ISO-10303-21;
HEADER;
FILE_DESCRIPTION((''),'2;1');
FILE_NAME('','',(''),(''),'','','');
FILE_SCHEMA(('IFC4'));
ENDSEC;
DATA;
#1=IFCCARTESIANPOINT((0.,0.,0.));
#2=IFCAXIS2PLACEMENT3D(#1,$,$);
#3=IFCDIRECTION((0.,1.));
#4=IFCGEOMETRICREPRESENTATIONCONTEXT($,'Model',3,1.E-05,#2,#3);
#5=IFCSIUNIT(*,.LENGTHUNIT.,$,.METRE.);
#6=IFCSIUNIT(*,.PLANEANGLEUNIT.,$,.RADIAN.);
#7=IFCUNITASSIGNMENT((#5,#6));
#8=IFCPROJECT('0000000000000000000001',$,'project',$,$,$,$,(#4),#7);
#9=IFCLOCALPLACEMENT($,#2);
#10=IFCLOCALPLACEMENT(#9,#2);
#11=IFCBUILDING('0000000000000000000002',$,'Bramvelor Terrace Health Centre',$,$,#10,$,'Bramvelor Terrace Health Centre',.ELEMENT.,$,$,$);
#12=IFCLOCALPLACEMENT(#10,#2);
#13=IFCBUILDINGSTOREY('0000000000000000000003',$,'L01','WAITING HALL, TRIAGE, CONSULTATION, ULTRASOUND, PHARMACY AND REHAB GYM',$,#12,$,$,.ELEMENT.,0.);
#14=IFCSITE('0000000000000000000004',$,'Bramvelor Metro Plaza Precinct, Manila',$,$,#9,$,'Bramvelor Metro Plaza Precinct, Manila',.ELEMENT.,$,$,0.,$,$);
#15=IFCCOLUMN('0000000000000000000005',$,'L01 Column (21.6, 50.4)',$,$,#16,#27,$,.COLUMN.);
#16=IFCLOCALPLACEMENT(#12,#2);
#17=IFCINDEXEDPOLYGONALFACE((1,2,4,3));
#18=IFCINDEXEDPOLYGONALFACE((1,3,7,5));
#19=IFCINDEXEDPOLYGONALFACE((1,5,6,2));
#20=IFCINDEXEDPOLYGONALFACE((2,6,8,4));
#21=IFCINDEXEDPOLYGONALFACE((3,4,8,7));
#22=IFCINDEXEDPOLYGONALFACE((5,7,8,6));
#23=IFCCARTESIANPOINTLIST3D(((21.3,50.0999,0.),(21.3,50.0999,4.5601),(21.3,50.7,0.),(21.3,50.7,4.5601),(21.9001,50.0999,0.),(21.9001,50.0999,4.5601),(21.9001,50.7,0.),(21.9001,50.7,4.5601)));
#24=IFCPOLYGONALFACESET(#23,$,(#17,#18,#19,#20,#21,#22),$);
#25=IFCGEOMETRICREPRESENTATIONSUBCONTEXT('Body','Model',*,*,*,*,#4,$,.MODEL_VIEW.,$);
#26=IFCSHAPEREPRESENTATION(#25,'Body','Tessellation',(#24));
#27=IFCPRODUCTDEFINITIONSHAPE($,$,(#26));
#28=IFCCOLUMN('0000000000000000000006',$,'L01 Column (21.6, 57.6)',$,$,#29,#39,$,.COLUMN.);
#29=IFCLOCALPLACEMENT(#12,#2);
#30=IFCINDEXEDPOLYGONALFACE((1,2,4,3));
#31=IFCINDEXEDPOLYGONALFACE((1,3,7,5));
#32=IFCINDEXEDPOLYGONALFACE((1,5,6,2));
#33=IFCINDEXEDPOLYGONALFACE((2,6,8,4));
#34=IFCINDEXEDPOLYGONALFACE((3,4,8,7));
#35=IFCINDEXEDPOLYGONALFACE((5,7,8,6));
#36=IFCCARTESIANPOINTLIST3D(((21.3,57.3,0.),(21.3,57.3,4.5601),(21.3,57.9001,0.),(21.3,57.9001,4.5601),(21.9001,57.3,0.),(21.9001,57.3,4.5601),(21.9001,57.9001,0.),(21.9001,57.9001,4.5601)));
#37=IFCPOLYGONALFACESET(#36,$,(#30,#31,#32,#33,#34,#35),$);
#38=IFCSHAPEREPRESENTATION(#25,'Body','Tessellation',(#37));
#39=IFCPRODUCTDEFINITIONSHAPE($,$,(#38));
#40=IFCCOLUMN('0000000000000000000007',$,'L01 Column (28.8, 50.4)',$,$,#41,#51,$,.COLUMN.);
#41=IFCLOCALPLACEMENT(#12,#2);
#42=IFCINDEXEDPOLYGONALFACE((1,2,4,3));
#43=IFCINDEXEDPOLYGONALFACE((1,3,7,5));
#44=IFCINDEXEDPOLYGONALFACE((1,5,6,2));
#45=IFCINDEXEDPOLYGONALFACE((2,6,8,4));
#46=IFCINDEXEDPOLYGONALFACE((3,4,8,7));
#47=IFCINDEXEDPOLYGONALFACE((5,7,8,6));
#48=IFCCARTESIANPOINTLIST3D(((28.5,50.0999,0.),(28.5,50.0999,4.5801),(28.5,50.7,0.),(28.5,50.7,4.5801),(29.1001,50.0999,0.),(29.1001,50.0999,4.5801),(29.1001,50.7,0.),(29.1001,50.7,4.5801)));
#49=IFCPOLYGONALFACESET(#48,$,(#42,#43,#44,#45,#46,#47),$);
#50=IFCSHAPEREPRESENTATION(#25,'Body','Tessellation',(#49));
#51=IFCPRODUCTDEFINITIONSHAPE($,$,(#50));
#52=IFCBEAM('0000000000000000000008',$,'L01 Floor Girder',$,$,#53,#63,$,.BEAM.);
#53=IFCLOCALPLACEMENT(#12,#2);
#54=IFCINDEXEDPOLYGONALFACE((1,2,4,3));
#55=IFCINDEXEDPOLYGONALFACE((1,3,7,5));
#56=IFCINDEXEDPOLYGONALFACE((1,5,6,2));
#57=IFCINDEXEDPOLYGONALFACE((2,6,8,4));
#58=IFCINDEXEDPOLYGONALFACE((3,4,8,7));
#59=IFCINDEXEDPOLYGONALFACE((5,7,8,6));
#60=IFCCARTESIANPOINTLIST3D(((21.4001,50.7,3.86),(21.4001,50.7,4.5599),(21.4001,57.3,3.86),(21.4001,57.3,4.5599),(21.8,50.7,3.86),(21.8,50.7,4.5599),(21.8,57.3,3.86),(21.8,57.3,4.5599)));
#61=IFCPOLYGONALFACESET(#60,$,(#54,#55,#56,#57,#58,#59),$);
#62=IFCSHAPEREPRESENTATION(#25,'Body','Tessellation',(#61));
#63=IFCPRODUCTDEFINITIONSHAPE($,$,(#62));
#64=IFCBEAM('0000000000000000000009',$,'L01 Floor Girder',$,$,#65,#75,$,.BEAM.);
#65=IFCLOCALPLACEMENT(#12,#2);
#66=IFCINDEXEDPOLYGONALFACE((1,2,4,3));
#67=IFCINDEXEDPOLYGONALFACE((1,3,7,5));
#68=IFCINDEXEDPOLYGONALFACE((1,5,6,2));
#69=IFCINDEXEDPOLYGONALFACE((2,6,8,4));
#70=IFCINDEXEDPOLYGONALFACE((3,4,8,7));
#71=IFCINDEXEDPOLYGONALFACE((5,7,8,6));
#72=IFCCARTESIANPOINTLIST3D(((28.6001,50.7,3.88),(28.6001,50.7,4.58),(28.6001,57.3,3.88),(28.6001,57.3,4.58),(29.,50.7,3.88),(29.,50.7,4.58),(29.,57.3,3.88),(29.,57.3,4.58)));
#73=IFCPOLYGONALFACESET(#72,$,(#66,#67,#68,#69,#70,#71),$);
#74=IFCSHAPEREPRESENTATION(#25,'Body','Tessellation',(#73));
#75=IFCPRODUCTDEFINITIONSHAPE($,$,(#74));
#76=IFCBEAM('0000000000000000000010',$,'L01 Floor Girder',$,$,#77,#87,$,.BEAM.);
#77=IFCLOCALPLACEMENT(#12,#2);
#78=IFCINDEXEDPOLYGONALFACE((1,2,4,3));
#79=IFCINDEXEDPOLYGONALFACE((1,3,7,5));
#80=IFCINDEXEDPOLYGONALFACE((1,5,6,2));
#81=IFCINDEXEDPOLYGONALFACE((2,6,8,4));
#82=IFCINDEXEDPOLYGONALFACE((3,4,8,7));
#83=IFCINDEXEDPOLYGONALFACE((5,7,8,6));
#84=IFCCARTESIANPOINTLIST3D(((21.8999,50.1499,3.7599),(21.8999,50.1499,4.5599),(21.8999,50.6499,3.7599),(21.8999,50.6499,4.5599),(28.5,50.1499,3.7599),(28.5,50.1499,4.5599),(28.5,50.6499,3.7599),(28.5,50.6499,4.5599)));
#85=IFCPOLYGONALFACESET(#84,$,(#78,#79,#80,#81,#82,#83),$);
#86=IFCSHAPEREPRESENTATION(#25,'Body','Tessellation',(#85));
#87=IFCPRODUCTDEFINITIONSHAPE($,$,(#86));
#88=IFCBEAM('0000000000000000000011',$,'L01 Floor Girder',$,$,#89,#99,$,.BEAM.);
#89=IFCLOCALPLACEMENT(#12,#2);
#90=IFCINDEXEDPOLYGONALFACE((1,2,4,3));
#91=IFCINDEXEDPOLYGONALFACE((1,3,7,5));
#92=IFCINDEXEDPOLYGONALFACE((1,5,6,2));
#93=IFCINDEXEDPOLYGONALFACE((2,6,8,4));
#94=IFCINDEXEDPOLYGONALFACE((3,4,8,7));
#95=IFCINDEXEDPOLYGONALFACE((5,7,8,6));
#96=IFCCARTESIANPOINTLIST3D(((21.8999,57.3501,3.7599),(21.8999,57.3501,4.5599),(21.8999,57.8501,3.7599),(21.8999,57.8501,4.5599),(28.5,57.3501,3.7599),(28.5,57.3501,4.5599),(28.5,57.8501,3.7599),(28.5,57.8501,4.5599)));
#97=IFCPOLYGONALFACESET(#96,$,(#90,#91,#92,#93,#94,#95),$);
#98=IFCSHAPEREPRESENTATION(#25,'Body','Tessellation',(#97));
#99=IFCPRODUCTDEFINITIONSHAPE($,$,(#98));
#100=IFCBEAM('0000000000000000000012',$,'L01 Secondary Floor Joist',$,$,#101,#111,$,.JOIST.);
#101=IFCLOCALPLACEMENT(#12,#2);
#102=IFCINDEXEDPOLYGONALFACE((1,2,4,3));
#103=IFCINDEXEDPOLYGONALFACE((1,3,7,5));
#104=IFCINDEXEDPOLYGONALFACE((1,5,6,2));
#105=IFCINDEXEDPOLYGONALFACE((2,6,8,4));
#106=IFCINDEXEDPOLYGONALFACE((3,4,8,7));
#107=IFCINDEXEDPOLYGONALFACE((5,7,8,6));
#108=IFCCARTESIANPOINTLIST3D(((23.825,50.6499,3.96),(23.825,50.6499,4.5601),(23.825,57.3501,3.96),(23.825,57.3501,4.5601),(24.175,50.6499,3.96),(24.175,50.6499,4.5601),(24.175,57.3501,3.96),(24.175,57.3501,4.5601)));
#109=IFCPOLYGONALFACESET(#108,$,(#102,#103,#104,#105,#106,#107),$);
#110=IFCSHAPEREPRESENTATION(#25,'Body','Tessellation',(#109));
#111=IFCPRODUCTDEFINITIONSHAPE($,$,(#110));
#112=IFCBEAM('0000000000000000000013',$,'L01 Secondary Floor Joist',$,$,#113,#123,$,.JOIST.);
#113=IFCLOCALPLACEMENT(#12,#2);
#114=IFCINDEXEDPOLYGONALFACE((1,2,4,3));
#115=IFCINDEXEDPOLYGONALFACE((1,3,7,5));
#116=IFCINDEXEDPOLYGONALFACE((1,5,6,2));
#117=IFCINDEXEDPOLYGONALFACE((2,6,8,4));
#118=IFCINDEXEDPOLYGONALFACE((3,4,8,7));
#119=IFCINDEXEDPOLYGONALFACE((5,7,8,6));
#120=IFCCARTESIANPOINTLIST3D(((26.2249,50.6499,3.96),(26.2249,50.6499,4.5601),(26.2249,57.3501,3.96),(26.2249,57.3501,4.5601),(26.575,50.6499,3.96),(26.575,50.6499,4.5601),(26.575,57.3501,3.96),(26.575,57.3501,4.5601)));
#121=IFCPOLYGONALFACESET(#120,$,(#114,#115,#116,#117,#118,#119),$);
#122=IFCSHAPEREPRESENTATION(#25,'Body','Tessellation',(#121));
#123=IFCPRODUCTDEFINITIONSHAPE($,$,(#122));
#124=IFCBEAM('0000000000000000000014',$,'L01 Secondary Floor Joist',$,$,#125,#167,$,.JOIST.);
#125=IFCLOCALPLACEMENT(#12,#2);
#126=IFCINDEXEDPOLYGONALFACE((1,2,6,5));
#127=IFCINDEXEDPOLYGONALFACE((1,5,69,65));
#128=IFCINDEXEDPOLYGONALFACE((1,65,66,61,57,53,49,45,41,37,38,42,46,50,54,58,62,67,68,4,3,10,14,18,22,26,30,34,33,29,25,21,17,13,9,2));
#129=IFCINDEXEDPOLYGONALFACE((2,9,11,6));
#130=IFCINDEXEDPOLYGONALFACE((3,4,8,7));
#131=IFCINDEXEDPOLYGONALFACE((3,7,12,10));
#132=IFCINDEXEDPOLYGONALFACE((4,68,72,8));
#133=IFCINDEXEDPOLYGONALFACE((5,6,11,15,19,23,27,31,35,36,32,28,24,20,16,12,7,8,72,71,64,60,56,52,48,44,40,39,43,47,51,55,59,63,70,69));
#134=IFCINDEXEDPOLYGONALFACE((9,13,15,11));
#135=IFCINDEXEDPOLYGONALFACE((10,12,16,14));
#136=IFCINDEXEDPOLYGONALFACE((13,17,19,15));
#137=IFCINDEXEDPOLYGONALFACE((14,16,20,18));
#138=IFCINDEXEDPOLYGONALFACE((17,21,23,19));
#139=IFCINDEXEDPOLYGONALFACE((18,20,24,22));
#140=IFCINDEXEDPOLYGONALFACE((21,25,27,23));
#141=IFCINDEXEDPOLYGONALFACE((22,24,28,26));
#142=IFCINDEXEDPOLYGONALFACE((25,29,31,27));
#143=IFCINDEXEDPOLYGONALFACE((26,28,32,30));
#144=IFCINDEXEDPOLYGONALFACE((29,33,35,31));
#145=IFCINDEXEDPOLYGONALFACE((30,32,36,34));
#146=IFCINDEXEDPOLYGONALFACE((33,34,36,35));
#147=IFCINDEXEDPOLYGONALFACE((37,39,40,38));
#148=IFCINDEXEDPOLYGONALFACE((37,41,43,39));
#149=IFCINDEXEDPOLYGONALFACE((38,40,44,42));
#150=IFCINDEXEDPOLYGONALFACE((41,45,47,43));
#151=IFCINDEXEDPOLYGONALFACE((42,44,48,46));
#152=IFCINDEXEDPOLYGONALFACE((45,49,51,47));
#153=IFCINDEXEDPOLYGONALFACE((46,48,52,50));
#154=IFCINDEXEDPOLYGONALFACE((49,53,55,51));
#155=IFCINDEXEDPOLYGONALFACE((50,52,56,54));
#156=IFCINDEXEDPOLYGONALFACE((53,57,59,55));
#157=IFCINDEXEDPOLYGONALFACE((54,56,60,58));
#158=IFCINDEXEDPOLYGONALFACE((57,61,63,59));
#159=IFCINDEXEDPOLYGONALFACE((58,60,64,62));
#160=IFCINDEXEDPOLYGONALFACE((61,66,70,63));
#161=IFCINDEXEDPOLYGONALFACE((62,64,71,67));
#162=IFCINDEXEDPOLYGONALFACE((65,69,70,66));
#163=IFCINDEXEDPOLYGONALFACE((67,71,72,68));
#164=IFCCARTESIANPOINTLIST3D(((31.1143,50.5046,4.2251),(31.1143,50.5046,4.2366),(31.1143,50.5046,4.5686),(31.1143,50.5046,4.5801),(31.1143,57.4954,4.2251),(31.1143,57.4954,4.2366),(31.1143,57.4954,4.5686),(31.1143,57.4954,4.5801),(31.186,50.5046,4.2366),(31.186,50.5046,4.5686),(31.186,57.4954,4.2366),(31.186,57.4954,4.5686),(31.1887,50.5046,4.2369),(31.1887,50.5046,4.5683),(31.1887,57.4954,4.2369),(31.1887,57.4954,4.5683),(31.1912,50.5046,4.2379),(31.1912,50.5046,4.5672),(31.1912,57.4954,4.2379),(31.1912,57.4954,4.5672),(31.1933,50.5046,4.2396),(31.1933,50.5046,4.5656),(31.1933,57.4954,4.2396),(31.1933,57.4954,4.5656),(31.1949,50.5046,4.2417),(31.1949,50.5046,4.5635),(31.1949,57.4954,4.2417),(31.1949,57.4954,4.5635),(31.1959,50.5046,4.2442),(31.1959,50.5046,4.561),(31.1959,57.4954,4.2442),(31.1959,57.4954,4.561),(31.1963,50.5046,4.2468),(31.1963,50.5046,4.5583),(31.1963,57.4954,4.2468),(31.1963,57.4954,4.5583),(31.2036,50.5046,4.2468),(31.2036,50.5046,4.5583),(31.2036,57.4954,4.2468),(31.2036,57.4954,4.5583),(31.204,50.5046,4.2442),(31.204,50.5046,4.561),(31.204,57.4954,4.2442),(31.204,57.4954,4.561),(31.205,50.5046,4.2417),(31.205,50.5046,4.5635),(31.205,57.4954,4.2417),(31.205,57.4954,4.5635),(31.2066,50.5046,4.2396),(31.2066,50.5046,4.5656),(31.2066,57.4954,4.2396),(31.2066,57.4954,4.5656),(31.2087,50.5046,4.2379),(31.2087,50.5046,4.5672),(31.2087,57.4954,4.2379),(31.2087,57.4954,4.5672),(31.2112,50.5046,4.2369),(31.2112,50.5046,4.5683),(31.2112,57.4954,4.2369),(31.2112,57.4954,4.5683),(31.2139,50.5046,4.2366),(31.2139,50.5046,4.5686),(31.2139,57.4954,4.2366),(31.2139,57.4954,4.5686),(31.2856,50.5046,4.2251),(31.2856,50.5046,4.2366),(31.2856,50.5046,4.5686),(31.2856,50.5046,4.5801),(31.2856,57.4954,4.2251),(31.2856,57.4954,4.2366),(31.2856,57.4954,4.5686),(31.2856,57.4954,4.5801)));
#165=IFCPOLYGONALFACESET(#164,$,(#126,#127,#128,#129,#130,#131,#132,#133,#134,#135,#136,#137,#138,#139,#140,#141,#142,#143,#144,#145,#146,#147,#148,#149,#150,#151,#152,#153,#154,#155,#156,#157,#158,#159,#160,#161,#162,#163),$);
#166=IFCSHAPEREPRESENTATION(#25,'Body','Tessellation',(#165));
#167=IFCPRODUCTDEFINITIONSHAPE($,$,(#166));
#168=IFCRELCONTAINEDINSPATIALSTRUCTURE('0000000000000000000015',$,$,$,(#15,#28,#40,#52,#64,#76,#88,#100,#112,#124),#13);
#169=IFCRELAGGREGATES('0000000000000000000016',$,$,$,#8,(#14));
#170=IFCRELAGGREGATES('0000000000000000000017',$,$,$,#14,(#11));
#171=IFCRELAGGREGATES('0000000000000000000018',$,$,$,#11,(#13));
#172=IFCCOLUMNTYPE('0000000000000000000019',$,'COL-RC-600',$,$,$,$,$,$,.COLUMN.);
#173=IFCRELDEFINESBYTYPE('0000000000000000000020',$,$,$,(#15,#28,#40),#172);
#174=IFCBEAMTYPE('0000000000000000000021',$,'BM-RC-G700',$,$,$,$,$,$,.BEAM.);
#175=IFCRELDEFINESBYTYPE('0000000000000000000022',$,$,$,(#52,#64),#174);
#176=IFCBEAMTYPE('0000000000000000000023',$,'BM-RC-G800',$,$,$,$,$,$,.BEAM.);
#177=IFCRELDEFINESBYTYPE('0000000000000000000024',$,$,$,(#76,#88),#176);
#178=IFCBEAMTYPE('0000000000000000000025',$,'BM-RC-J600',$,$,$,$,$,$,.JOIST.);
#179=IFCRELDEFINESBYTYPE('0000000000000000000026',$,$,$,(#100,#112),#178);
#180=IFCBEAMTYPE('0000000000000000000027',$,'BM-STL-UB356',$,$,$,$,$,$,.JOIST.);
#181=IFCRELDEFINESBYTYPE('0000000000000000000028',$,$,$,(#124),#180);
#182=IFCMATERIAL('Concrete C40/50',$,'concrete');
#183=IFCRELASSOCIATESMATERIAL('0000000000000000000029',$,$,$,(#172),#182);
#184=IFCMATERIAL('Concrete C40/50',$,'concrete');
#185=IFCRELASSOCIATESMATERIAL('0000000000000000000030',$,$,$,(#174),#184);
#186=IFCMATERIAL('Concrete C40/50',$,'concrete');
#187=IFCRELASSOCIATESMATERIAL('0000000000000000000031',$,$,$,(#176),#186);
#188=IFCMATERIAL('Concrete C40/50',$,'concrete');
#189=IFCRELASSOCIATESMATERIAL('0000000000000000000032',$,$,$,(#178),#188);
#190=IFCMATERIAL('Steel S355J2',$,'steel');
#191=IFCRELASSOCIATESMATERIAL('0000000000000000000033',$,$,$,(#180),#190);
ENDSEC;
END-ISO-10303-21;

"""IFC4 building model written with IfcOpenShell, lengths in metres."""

from ifc_helpers import new_model, si_unit, direction, frame, origin, origin_2d, place, context, subcontext, project, spatial, rectangle, i_section, extrude, material, material_profile, profile_set, type_object, element, save


model = new_model("IFC4")

# Units and contexts
model_context = context("Model", 3, precision=1e-05, world=origin(), true_north=direction((0.0, 1.0)))
body_context = subcontext(model_context, "Body", "Model", "MODEL_VIEW")
ifc_project = project(units=[si_unit("LENGTHUNIT", "METRE"), si_unit("PLANEANGLEUNIT", "RADIAN")], contexts=[model_context])

# Site, building, storey
site_placement = place(None, origin())
site = spatial("IfcSite", under=ifc_project, at=site_placement, Name="Bramvelor Metro Plaza Precinct, Manila", LongName="Bramvelor Metro Plaza Precinct, Manila", CompositionType="ELEMENT", RefElevation=0.0)
building_placement = place(site_placement, origin())
building = spatial("IfcBuilding", under=site, at=building_placement, Name="Bramvelor Terrace Health Centre", LongName="Bramvelor Terrace Health Centre", CompositionType="ELEMENT")
storey_placement = place(building_placement, origin())
storey = spatial("IfcBuildingStorey", under=building, at=storey_placement, Name="L01", Description="WAITING HALL, TRIAGE, CONSULTATION, ULTRASOUND, PHARMACY AND REHAB GYM", CompositionType="ELEMENT", Elevation=0.0)

# Columns
ifc_material_1 = material(Name="Concrete C40/50", Category="concrete")
ifc_material_profile_1 = material_profile(ifc_material_1, rectangle(XDim=0.6001, YDim=0.6001, at=origin_2d()), Name="RC 600x600")
ifc_profile_set_1 = profile_set([ifc_material_profile_1], Name="Concrete C40/50")
column_type = type_object("IfcColumnType", Name="COL-RC-600", PredefinedType="COLUMN", material=ifc_profile_set_1)
for number, where, z_axis, x_axis, name in (
    (1, (21.6001, 50.3999, 0.0), (0.0, 0.0, 1.0), (1.0, 0.0, 0.0), "L01 Column (21.6, 50.4)"),
    (2, (21.6001, 57.6001, 0.0), (0.0, 0.0, 1.0), (1.0, 0.0, 0.0), "L01 Column (21.6, 57.6)"),
):
    element("IfcColumn", number, at=place(storey_placement, frame(where, z_axis=z_axis, x_axis=x_axis)), inside=storey, type_object=column_type, Name=name, PredefinedType="COLUMN", context=body_context, shape_type="SweptSolid", body=[
        extrude(rectangle(XDim=0.6001, YDim=0.6001, at=origin_2d()), origin(), (0.0, 0.0, 1.0), 4.5601),
    ])
column_placement = place(storey_placement, frame((28.8, 50.3999, 0.0), z_axis=(0.0, 0.0, 1.0), x_axis=(1.0, 0.0, 0.0)))
element("IfcColumn", 3, at=column_placement, inside=storey, type_object=column_type, Name="L01 Column (28.8, 50.4)", PredefinedType="COLUMN", context=body_context, shape_type="SweptSolid", body=[
    extrude(rectangle(XDim=0.6001, YDim=0.6001, at=origin_2d()), origin(), (0.0, 0.0, 1.0), 4.5801),
])

# Beams
ifc_material_2 = material(Name="Concrete C40/50", Category="concrete")
ifc_material_profile_2 = material_profile(ifc_material_2, rectangle(XDim=0.3999, YDim=0.7, at=origin_2d()), Name="RC 400x700")
ifc_profile_set_2 = profile_set([ifc_material_profile_2], Name="Concrete C40/50")
beam_type_1 = type_object("IfcBeamType", Name="BM-RC-G700", PredefinedType="BEAM", material=ifc_profile_set_2)
for number, where, z_axis, x_axis, name in (
    (4, (21.6001, 50.7, 4.21), (0.0, 1.0, 0.0), (-1.0, 0.0, 0.0), "L01 Floor Girder"),
    (5, (28.8, 50.7, 4.23), (0.0, 1.0, 0.0), (-1.0, 0.0, 0.0), "L01 Floor Girder"),
):
    element("IfcBeam", number, at=place(storey_placement, frame(where, z_axis=z_axis, x_axis=x_axis)), inside=storey, type_object=beam_type_1, Name=name, PredefinedType="BEAM", context=body_context, shape_type="SweptSolid", body=[
        extrude(rectangle(XDim=0.3999, YDim=0.7, at=origin_2d()), origin(), (0.0, 0.0, 1.0), 6.6001),
    ])
ifc_material_3 = material(Name="Concrete C40/50", Category="concrete")
ifc_material_profile_3 = material_profile(ifc_material_3, rectangle(XDim=0.5, YDim=0.8, at=origin_2d()), Name="RC 500x800")
ifc_profile_set_3 = profile_set([ifc_material_profile_3], Name="Concrete C40/50")
beam_type_2 = type_object("IfcBeamType", Name="BM-RC-G800", PredefinedType="BEAM", material=ifc_profile_set_3)
for number, where, z_axis, x_axis, name in (
    (6, (21.8999, 50.3999, 4.1599), (1.0, 0.0, 0.0), (0.0, 1.0, 0.0), "L01 Floor Girder"),
    (7, (21.8999, 57.6001, 4.1599), (1.0, 0.0, 0.0), (0.0, 1.0, 0.0), "L01 Floor Girder"),
):
    element("IfcBeam", number, at=place(storey_placement, frame(where, z_axis=z_axis, x_axis=x_axis)), inside=storey, type_object=beam_type_2, Name=name, PredefinedType="BEAM", context=body_context, shape_type="SweptSolid", body=[
        extrude(rectangle(XDim=0.5, YDim=0.8, at=origin_2d()), origin(), (0.0, 0.0, 1.0), 6.6001),
    ])
ifc_material_4 = material(Name="Concrete C40/50", Category="concrete")
ifc_material_profile_4 = material_profile(ifc_material_4, rectangle(XDim=0.3501, YDim=0.6001, at=origin_2d()), Name="RC 350x600")
ifc_profile_set_4 = profile_set([ifc_material_profile_4], Name="Concrete C40/50")
beam_type_3 = type_object("IfcBeamType", Name="BM-RC-J600", PredefinedType="JOIST", material=ifc_profile_set_4)
for number, where, z_axis, x_axis, name in (
    (8, (24.0, 50.6499, 4.26), (0.0, 1.0, 0.0), (-1.0, 0.0, 0.0), "L01 Secondary Floor Joist"),
    (9, (26.3999, 50.6499, 4.26), (0.0, 1.0, 0.0), (-1.0, 0.0, 0.0), "L01 Secondary Floor Joist"),
):
    element("IfcBeam", number, at=place(storey_placement, frame(where, z_axis=z_axis, x_axis=x_axis)), inside=storey, type_object=beam_type_3, Name=name, PredefinedType="JOIST", context=body_context, shape_type="SweptSolid", body=[
        extrude(rectangle(XDim=0.3501, YDim=0.6001, at=origin_2d()), origin(), (0.0, 0.0, 1.0), 6.7002),
    ])
ifc_material_5 = material(Name="Steel S355J2", Category="steel")
ifc_material_profile_5 = material_profile(ifc_material_5, i_section(OverallWidth=0.1714, OverallDepth=0.355, WebThickness=0.0073, FlangeThickness=0.0115, FilletRadius=0.0103, at=origin_2d()), Name="UB 356x171x51")
ifc_profile_set_5 = profile_set([ifc_material_profile_5], Name="Steel S355J2")
beam_type_4 = type_object("IfcBeamType", Name="BM-STL-UB356", PredefinedType="JOIST", material=ifc_profile_set_5)
beam_1_placement = place(storey_placement, frame((31.2, 50.5046, 4.4026), z_axis=(0.0, 1.0, 0.0), x_axis=(-1.0, 0.0, 0.0)))
element("IfcBeam", 10, at=beam_1_placement, inside=storey, type_object=beam_type_4, Name="L01 Secondary Floor Joist", PredefinedType="JOIST", context=body_context, shape_type="SweptSolid", body=[
    extrude(i_section(OverallWidth=0.1714, OverallDepth=0.355, WebThickness=0.0073, FlangeThickness=0.0115, FilletRadius=0.0103, at=origin_2d()), origin(), (0.0, 0.0, 1.0), 6.9907),
])

save(model, "model.ifc")
